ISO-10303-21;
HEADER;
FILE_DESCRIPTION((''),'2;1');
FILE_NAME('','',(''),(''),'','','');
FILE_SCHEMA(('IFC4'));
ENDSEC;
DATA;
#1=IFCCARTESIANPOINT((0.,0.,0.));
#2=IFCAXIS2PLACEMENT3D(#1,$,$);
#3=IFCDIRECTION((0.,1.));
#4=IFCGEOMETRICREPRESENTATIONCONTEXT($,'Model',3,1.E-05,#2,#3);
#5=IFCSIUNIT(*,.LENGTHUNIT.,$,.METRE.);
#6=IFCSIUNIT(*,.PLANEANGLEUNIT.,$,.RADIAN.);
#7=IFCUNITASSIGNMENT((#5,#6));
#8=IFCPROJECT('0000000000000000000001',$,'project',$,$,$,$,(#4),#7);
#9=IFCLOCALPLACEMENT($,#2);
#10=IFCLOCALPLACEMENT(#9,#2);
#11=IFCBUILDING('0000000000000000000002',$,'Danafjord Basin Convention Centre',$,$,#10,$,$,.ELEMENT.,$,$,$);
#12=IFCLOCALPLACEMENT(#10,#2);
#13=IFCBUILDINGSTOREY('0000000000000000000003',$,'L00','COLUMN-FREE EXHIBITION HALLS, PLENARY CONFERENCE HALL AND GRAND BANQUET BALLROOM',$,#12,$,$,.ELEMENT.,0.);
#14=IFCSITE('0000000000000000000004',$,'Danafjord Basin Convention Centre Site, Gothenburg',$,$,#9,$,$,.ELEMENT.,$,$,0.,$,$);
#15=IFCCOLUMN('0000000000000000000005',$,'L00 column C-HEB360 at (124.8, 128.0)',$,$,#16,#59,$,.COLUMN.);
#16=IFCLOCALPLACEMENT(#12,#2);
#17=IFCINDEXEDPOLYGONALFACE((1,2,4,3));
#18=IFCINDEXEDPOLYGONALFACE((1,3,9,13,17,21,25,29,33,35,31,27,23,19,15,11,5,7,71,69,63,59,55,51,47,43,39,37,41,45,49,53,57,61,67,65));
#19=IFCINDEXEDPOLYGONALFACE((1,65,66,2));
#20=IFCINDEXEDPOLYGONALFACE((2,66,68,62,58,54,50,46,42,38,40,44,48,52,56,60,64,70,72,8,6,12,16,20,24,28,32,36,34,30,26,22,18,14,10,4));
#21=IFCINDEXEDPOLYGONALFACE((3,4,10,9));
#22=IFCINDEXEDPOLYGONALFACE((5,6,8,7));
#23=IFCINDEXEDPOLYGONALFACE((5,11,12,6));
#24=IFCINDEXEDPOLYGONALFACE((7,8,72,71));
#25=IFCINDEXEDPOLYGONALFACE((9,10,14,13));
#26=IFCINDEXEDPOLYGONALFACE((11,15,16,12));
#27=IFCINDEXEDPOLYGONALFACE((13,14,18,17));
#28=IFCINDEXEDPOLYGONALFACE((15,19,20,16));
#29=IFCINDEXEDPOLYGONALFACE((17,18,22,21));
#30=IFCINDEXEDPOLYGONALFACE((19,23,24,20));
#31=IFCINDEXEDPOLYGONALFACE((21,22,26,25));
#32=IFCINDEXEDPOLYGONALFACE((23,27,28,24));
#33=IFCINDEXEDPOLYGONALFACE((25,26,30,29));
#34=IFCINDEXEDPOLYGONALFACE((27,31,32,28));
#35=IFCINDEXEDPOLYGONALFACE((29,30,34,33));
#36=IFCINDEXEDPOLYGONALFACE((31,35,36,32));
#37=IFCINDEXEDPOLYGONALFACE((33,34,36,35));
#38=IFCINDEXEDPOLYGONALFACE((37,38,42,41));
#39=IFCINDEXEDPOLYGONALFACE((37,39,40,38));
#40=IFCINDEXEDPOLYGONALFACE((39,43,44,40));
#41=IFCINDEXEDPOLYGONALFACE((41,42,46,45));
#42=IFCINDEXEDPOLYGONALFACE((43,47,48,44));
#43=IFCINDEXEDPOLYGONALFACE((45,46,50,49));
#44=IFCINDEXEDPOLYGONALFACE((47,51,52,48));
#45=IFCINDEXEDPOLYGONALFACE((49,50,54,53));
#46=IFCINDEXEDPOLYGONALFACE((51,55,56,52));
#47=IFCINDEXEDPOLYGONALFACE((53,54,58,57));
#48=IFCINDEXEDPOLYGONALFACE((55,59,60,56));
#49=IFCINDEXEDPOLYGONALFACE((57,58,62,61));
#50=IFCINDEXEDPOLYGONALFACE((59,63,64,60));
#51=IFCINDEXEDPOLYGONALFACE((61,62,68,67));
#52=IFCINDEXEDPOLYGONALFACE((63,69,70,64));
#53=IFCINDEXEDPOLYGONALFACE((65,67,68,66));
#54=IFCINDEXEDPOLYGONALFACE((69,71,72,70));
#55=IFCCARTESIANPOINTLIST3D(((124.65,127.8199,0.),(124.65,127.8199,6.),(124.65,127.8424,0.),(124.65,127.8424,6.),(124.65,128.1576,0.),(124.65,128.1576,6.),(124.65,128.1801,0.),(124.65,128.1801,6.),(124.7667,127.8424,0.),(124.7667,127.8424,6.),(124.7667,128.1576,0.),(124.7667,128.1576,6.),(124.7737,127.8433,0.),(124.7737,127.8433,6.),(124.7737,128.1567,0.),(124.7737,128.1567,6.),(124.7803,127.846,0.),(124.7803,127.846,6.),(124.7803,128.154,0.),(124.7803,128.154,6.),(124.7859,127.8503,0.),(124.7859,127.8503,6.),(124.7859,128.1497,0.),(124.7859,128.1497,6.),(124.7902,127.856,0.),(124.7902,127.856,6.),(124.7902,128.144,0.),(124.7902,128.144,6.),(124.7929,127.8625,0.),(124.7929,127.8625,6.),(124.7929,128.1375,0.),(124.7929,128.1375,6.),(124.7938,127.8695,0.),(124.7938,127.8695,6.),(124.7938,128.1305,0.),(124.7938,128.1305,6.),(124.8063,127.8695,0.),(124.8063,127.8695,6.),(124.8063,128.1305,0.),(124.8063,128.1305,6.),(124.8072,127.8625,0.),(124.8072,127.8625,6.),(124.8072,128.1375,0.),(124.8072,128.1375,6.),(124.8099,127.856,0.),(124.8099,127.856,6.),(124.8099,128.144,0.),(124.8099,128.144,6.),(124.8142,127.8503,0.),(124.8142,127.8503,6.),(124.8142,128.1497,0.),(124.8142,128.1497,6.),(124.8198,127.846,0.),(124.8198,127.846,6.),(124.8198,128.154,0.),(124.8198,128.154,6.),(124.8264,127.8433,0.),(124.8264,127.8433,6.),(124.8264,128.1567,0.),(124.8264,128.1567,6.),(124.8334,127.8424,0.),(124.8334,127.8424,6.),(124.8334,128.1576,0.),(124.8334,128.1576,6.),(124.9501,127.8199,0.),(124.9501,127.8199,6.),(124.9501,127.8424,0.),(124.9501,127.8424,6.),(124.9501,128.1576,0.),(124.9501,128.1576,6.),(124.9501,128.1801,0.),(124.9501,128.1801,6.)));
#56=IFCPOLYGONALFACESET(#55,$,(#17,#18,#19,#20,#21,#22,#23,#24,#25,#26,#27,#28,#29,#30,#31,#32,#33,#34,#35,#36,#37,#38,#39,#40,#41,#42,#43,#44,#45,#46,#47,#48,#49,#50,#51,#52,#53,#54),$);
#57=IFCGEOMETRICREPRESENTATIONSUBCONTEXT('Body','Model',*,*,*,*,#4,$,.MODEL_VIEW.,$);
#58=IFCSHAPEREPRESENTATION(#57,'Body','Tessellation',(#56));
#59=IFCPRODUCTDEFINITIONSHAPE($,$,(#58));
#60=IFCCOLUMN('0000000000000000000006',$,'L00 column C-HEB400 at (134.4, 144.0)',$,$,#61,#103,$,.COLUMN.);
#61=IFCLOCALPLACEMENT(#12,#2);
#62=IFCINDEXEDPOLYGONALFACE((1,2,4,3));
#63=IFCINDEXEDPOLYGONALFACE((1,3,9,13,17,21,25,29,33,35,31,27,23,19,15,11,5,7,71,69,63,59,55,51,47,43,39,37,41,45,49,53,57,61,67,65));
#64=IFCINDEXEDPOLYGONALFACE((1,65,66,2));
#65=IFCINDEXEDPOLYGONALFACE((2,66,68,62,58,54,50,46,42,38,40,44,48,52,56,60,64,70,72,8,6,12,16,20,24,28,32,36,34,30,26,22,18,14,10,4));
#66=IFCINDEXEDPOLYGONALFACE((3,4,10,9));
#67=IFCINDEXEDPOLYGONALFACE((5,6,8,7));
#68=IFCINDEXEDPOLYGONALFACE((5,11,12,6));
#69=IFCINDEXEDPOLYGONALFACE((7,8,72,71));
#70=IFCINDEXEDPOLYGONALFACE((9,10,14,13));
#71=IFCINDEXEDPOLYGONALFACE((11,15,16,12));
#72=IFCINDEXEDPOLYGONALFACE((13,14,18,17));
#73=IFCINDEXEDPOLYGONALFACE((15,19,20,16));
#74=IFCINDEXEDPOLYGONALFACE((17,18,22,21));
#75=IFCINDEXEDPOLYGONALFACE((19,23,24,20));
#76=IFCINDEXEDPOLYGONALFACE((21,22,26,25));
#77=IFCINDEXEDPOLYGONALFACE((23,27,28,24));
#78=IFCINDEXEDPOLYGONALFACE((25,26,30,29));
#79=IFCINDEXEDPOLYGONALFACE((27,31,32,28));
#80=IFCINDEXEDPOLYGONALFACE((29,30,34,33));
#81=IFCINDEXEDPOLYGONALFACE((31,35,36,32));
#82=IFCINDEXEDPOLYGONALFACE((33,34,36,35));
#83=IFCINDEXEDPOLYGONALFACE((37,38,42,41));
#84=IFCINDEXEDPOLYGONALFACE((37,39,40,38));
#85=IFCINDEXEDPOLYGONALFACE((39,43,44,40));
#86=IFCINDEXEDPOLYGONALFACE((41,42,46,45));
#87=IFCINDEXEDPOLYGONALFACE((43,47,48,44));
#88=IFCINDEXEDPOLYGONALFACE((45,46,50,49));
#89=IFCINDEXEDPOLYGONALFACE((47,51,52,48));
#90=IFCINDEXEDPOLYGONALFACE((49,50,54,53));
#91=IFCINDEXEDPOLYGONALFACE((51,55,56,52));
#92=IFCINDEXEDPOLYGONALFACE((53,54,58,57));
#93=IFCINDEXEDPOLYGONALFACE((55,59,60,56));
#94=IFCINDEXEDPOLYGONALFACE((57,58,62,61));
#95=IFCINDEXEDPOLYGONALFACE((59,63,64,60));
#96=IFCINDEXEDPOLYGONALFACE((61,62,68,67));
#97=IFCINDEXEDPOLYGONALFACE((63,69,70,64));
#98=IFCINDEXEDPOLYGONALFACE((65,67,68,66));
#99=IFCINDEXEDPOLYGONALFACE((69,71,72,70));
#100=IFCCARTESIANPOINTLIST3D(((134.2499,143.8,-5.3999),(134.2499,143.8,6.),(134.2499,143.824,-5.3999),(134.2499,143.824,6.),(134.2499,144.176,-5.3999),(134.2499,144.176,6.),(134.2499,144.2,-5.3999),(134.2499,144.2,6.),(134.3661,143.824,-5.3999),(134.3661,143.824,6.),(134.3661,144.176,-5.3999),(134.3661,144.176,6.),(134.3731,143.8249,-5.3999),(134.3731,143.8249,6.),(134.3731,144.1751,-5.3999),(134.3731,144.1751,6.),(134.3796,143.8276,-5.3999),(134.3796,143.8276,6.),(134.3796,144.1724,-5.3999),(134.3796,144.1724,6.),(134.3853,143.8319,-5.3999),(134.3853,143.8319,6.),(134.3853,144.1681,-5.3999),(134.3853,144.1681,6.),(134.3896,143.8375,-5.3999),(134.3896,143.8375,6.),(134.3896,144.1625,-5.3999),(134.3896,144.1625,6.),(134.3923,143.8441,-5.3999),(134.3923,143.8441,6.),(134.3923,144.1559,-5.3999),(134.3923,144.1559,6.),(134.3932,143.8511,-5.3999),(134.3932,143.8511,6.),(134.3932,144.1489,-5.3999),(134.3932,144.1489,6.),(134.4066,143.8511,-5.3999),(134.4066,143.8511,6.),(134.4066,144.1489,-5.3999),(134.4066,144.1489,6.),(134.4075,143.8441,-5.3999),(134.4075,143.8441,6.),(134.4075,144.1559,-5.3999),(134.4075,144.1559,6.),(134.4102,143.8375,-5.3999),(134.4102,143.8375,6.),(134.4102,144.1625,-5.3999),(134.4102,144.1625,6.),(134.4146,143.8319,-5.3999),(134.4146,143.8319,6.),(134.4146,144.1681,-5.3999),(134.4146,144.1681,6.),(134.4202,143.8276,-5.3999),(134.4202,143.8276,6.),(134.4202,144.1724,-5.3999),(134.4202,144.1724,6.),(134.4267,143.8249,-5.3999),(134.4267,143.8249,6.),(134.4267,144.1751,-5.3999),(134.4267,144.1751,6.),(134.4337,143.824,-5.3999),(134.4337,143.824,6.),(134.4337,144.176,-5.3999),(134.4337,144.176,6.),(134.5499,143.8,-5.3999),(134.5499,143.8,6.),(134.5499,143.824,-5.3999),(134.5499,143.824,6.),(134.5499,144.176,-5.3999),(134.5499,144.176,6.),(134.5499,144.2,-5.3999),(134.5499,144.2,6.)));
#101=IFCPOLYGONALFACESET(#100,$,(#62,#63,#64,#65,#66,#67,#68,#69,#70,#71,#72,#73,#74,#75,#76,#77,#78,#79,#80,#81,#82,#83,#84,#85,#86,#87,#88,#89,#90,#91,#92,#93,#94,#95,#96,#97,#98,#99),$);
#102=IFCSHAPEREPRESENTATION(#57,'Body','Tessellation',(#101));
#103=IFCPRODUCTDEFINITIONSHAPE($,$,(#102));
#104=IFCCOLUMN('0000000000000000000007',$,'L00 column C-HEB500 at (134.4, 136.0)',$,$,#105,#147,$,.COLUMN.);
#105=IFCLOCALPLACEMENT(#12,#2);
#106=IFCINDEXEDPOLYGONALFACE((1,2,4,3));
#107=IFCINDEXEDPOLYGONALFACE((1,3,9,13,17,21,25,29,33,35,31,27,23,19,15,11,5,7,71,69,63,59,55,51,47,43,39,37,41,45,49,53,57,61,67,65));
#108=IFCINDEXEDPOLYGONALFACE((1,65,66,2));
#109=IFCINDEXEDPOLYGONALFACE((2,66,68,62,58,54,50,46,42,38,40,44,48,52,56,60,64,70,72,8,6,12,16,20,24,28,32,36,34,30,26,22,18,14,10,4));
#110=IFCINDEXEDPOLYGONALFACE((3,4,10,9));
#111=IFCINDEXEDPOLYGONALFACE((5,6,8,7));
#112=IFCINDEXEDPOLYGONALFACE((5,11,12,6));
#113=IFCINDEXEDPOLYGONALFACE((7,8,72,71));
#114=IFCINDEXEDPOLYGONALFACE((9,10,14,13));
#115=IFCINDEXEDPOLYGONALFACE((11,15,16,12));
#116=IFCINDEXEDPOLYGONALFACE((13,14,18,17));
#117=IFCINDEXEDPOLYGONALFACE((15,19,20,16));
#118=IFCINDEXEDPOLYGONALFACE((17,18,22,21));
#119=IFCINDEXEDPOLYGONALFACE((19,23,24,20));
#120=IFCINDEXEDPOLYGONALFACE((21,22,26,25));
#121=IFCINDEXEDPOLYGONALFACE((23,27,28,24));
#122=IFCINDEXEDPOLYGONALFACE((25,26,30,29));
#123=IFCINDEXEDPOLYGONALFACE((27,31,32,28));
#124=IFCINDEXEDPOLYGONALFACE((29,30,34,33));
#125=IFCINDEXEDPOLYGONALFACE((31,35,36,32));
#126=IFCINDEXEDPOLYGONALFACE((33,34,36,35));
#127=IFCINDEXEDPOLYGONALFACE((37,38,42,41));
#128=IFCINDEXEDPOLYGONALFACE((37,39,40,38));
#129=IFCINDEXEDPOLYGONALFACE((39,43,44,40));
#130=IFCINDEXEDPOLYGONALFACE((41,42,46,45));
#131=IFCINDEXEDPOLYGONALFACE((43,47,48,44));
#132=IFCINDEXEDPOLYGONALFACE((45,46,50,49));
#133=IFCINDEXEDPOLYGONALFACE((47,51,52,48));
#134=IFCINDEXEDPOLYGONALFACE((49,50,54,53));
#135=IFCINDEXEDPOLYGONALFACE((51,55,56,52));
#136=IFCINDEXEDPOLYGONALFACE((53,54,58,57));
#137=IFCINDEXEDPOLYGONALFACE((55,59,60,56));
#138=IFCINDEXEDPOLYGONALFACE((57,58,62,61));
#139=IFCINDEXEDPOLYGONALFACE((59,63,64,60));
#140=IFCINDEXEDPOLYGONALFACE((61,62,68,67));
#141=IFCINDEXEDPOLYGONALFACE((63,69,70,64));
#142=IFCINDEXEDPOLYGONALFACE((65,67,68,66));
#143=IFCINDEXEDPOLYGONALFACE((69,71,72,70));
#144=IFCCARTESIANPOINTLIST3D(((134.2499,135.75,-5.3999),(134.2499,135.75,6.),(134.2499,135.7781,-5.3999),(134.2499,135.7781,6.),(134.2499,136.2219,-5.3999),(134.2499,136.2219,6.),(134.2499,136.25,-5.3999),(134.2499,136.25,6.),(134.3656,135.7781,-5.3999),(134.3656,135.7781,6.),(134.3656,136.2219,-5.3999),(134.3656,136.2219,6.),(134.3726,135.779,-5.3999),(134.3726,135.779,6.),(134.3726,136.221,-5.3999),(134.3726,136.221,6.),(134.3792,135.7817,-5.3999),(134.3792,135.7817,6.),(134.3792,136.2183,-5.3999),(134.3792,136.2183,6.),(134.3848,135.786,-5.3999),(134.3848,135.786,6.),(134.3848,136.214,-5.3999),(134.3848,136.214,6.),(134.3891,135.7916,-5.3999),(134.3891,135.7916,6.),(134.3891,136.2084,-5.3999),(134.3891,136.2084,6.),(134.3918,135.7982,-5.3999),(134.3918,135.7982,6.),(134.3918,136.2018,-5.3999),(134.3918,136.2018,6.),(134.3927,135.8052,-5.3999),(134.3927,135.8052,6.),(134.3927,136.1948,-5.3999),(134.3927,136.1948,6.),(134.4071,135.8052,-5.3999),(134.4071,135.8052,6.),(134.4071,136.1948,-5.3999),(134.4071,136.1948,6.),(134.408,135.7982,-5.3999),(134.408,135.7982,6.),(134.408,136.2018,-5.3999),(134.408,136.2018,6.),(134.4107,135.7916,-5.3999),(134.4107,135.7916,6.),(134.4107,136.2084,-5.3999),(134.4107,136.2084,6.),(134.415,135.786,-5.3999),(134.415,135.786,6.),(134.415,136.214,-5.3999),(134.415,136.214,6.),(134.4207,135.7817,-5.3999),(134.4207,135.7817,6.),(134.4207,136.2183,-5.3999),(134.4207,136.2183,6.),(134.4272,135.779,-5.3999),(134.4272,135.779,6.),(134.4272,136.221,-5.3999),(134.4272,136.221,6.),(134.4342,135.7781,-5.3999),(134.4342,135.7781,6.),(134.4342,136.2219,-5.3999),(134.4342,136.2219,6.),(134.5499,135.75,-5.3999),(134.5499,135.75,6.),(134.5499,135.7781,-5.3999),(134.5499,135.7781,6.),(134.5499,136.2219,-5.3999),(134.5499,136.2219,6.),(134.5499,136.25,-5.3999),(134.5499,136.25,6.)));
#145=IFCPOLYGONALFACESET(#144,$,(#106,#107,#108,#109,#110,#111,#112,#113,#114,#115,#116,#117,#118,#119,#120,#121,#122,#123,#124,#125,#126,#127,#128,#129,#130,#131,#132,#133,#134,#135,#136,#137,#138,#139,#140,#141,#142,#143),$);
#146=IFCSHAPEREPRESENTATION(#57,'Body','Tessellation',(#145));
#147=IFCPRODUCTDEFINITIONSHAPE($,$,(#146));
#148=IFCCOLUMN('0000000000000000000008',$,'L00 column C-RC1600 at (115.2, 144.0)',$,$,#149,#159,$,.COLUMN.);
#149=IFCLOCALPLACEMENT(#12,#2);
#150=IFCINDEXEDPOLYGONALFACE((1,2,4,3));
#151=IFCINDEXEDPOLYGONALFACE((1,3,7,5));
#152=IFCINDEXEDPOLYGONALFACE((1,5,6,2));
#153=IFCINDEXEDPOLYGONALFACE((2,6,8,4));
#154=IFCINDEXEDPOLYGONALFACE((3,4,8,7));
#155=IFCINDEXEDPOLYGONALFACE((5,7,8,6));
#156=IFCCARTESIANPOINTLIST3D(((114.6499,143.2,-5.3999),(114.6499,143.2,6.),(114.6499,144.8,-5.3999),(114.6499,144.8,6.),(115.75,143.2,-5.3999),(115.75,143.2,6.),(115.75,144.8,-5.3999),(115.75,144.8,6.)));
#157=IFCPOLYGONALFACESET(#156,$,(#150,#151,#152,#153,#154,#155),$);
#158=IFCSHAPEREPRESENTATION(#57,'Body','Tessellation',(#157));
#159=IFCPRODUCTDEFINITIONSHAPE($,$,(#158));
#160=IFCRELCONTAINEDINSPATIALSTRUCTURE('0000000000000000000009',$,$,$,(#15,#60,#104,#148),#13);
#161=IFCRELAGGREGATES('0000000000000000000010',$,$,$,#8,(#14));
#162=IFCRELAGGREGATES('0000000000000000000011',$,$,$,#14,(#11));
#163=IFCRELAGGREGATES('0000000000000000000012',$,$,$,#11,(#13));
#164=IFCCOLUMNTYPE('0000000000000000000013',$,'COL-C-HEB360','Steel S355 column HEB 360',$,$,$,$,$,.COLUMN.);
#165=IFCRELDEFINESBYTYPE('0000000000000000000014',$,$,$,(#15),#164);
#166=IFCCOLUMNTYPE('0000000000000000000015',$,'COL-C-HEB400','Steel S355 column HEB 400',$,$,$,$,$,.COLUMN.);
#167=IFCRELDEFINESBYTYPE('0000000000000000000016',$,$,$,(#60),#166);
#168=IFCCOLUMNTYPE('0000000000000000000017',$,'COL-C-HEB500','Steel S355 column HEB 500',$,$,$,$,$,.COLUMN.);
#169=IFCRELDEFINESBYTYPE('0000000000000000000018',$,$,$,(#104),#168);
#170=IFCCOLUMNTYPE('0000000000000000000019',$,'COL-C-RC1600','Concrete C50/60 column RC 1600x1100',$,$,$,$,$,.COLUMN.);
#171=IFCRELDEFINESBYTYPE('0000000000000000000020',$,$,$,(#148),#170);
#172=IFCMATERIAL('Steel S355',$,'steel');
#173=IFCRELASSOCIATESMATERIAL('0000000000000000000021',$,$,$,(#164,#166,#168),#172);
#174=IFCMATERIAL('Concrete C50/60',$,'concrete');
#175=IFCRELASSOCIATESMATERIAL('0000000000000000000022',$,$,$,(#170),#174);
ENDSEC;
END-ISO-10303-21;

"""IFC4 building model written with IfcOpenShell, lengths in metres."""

from ifc_helpers import new_model, si_unit, direction, frame, origin, origin_2d, place, context, subcontext, project, spatial, rectangle, i_section, extrude, material, material_profile, profile_set, type_object, element, save


model = new_model("IFC4")

# Units and contexts
model_context = context("Model", 3, precision=1e-05, world=origin(), true_north=direction((0.0, 1.0)))
body_context = subcontext(model_context, "Body", "Model", "MODEL_VIEW")
ifc_project = project(units=[si_unit("LENGTHUNIT", "METRE"), si_unit("PLANEANGLEUNIT", "RADIAN")], contexts=[model_context])

# Site, building, storey
site_placement = place(None, origin())
site = spatial("IfcSite", under=ifc_project, at=site_placement, Name="Danafjord Basin Convention Centre Site, Gothenburg", CompositionType="ELEMENT", RefElevation=0.0)
building_placement = place(site_placement, origin())
building = spatial("IfcBuilding", under=site, at=building_placement, Name="Danafjord Basin Convention Centre", CompositionType="ELEMENT")
storey_placement = place(building_placement, origin())
storey = spatial("IfcBuildingStorey", under=building, at=storey_placement, Name="L00", Description="COLUMN-FREE EXHIBITION HALLS, PLENARY CONFERENCE HALL AND GRAND BANQUET BALLROOM", CompositionType="ELEMENT", Elevation=0.0)

# Columns
ifc_material_1 = material(Name="Steel S355", Category="steel")
ifc_material_profile_1 = material_profile(ifc_material_1, i_section(OverallWidth=0.3, OverallDepth=0.3601, WebThickness=0.0125, FlangeThickness=0.0225, FilletRadius=0.0271, at=origin_2d()), Name="HEB 360")
ifc_profile_set_1 = profile_set([ifc_material_profile_1], Name="Steel S355")
column_type_1 = type_object("IfcColumnType", Name="COL-C-HEB360", Description="Steel S355 column HEB 360", PredefinedType="COLUMN", material=ifc_profile_set_1)
column_1_placement = place(storey_placement, frame((124.8, 128.0, 0.0), z_axis=(0.0, 0.0, 1.0), x_axis=(1.0, 0.0, 0.0)))
element("IfcColumn", 1, at=column_1_placement, inside=storey, type_object=column_type_1, Name="L00 column C-HEB360 at (124.8, 128.0)", PredefinedType="COLUMN", context=body_context, shape_type="SweptSolid", body=[
    extrude(i_section(OverallWidth=0.3, OverallDepth=0.3601, WebThickness=0.0125, FlangeThickness=0.0225, FilletRadius=0.0271, at=origin_2d()), origin(), (0.0, 0.0, 1.0), 6.0),
])
ifc_material_profile_2 = material_profile(ifc_material_1, i_section(OverallWidth=0.3, OverallDepth=0.3999, WebThickness=0.0134, FlangeThickness=0.0239, FilletRadius=0.0271, at=origin_2d()), Name="HEB 400")
ifc_profile_set_2 = profile_set([ifc_material_profile_2], Name="Steel S355")
column_type_2 = type_object("IfcColumnType", Name="COL-C-HEB400", Description="Steel S355 column HEB 400", PredefinedType="COLUMN", material=ifc_profile_set_2)
column_2_placement = place(storey_placement, frame((134.3999, 144.0, -5.3999), z_axis=(0.0, 0.0, 1.0), x_axis=(1.0, 0.0, 0.0)))
element("IfcColumn", 2, at=column_2_placement, inside=storey, type_object=column_type_2, Name="L00 column C-HEB400 at (134.4, 144.0)", PredefinedType="COLUMN", context=body_context, shape_type="SweptSolid", body=[
    extrude(i_section(OverallWidth=0.3, OverallDepth=0.3999, WebThickness=0.0134, FlangeThickness=0.0239, FilletRadius=0.0271, at=origin_2d()), origin(), (0.0, 0.0, 1.0), 11.3999),
])
ifc_material_profile_3 = material_profile(ifc_material_1, i_section(OverallWidth=0.3, OverallDepth=0.5, WebThickness=0.0144, FlangeThickness=0.0281, FilletRadius=0.0271, at=origin_2d()), Name="HEB 500")
ifc_profile_set_3 = profile_set([ifc_material_profile_3], Name="Steel S355")
column_type_3 = type_object("IfcColumnType", Name="COL-C-HEB500", Description="Steel S355 column HEB 500", PredefinedType="COLUMN", material=ifc_profile_set_3)
column_3_placement = place(storey_placement, frame((134.3999, 136.0, -5.3999), z_axis=(0.0, 0.0, 1.0), x_axis=(1.0, 0.0, 0.0)))
element("IfcColumn", 3, at=column_3_placement, inside=storey, type_object=column_type_3, Name="L00 column C-HEB500 at (134.4, 136.0)", PredefinedType="COLUMN", context=body_context, shape_type="SweptSolid", body=[
    extrude(i_section(OverallWidth=0.3, OverallDepth=0.5, WebThickness=0.0144, FlangeThickness=0.0281, FilletRadius=0.0271, at=origin_2d()), origin(), (0.0, 0.0, 1.0), 11.3999),
])
ifc_material_2 = material(Name="Concrete C50/60", Category="concrete")
ifc_material_profile_4 = material_profile(ifc_material_2, rectangle(XDim=1.1001, YDim=1.6001, at=origin_2d()), Name="RC 1600x1100")
ifc_profile_set_4 = profile_set([ifc_material_profile_4], Name="Concrete C50/60")
column_type_4 = type_object("IfcColumnType", Name="COL-C-RC1600", Description="Concrete C50/60 column RC 1600x1100", PredefinedType="COLUMN", material=ifc_profile_set_4)
column_4_placement = place(storey_placement, frame((115.2, 144.0, -5.3999), z_axis=(0.0, 0.0, 1.0), x_axis=(1.0, 0.0, 0.0)))
element("IfcColumn", 4, at=column_4_placement, inside=storey, type_object=column_type_4, Name="L00 column C-RC1600 at (115.2, 144.0)", PredefinedType="COLUMN", context=body_context, shape_type="SweptSolid", body=[
    extrude(rectangle(XDim=1.1001, YDim=1.6001, at=origin_2d()), origin(), (0.0, 0.0, 1.0), 11.3999),
])

save(model, "model.ifc")
